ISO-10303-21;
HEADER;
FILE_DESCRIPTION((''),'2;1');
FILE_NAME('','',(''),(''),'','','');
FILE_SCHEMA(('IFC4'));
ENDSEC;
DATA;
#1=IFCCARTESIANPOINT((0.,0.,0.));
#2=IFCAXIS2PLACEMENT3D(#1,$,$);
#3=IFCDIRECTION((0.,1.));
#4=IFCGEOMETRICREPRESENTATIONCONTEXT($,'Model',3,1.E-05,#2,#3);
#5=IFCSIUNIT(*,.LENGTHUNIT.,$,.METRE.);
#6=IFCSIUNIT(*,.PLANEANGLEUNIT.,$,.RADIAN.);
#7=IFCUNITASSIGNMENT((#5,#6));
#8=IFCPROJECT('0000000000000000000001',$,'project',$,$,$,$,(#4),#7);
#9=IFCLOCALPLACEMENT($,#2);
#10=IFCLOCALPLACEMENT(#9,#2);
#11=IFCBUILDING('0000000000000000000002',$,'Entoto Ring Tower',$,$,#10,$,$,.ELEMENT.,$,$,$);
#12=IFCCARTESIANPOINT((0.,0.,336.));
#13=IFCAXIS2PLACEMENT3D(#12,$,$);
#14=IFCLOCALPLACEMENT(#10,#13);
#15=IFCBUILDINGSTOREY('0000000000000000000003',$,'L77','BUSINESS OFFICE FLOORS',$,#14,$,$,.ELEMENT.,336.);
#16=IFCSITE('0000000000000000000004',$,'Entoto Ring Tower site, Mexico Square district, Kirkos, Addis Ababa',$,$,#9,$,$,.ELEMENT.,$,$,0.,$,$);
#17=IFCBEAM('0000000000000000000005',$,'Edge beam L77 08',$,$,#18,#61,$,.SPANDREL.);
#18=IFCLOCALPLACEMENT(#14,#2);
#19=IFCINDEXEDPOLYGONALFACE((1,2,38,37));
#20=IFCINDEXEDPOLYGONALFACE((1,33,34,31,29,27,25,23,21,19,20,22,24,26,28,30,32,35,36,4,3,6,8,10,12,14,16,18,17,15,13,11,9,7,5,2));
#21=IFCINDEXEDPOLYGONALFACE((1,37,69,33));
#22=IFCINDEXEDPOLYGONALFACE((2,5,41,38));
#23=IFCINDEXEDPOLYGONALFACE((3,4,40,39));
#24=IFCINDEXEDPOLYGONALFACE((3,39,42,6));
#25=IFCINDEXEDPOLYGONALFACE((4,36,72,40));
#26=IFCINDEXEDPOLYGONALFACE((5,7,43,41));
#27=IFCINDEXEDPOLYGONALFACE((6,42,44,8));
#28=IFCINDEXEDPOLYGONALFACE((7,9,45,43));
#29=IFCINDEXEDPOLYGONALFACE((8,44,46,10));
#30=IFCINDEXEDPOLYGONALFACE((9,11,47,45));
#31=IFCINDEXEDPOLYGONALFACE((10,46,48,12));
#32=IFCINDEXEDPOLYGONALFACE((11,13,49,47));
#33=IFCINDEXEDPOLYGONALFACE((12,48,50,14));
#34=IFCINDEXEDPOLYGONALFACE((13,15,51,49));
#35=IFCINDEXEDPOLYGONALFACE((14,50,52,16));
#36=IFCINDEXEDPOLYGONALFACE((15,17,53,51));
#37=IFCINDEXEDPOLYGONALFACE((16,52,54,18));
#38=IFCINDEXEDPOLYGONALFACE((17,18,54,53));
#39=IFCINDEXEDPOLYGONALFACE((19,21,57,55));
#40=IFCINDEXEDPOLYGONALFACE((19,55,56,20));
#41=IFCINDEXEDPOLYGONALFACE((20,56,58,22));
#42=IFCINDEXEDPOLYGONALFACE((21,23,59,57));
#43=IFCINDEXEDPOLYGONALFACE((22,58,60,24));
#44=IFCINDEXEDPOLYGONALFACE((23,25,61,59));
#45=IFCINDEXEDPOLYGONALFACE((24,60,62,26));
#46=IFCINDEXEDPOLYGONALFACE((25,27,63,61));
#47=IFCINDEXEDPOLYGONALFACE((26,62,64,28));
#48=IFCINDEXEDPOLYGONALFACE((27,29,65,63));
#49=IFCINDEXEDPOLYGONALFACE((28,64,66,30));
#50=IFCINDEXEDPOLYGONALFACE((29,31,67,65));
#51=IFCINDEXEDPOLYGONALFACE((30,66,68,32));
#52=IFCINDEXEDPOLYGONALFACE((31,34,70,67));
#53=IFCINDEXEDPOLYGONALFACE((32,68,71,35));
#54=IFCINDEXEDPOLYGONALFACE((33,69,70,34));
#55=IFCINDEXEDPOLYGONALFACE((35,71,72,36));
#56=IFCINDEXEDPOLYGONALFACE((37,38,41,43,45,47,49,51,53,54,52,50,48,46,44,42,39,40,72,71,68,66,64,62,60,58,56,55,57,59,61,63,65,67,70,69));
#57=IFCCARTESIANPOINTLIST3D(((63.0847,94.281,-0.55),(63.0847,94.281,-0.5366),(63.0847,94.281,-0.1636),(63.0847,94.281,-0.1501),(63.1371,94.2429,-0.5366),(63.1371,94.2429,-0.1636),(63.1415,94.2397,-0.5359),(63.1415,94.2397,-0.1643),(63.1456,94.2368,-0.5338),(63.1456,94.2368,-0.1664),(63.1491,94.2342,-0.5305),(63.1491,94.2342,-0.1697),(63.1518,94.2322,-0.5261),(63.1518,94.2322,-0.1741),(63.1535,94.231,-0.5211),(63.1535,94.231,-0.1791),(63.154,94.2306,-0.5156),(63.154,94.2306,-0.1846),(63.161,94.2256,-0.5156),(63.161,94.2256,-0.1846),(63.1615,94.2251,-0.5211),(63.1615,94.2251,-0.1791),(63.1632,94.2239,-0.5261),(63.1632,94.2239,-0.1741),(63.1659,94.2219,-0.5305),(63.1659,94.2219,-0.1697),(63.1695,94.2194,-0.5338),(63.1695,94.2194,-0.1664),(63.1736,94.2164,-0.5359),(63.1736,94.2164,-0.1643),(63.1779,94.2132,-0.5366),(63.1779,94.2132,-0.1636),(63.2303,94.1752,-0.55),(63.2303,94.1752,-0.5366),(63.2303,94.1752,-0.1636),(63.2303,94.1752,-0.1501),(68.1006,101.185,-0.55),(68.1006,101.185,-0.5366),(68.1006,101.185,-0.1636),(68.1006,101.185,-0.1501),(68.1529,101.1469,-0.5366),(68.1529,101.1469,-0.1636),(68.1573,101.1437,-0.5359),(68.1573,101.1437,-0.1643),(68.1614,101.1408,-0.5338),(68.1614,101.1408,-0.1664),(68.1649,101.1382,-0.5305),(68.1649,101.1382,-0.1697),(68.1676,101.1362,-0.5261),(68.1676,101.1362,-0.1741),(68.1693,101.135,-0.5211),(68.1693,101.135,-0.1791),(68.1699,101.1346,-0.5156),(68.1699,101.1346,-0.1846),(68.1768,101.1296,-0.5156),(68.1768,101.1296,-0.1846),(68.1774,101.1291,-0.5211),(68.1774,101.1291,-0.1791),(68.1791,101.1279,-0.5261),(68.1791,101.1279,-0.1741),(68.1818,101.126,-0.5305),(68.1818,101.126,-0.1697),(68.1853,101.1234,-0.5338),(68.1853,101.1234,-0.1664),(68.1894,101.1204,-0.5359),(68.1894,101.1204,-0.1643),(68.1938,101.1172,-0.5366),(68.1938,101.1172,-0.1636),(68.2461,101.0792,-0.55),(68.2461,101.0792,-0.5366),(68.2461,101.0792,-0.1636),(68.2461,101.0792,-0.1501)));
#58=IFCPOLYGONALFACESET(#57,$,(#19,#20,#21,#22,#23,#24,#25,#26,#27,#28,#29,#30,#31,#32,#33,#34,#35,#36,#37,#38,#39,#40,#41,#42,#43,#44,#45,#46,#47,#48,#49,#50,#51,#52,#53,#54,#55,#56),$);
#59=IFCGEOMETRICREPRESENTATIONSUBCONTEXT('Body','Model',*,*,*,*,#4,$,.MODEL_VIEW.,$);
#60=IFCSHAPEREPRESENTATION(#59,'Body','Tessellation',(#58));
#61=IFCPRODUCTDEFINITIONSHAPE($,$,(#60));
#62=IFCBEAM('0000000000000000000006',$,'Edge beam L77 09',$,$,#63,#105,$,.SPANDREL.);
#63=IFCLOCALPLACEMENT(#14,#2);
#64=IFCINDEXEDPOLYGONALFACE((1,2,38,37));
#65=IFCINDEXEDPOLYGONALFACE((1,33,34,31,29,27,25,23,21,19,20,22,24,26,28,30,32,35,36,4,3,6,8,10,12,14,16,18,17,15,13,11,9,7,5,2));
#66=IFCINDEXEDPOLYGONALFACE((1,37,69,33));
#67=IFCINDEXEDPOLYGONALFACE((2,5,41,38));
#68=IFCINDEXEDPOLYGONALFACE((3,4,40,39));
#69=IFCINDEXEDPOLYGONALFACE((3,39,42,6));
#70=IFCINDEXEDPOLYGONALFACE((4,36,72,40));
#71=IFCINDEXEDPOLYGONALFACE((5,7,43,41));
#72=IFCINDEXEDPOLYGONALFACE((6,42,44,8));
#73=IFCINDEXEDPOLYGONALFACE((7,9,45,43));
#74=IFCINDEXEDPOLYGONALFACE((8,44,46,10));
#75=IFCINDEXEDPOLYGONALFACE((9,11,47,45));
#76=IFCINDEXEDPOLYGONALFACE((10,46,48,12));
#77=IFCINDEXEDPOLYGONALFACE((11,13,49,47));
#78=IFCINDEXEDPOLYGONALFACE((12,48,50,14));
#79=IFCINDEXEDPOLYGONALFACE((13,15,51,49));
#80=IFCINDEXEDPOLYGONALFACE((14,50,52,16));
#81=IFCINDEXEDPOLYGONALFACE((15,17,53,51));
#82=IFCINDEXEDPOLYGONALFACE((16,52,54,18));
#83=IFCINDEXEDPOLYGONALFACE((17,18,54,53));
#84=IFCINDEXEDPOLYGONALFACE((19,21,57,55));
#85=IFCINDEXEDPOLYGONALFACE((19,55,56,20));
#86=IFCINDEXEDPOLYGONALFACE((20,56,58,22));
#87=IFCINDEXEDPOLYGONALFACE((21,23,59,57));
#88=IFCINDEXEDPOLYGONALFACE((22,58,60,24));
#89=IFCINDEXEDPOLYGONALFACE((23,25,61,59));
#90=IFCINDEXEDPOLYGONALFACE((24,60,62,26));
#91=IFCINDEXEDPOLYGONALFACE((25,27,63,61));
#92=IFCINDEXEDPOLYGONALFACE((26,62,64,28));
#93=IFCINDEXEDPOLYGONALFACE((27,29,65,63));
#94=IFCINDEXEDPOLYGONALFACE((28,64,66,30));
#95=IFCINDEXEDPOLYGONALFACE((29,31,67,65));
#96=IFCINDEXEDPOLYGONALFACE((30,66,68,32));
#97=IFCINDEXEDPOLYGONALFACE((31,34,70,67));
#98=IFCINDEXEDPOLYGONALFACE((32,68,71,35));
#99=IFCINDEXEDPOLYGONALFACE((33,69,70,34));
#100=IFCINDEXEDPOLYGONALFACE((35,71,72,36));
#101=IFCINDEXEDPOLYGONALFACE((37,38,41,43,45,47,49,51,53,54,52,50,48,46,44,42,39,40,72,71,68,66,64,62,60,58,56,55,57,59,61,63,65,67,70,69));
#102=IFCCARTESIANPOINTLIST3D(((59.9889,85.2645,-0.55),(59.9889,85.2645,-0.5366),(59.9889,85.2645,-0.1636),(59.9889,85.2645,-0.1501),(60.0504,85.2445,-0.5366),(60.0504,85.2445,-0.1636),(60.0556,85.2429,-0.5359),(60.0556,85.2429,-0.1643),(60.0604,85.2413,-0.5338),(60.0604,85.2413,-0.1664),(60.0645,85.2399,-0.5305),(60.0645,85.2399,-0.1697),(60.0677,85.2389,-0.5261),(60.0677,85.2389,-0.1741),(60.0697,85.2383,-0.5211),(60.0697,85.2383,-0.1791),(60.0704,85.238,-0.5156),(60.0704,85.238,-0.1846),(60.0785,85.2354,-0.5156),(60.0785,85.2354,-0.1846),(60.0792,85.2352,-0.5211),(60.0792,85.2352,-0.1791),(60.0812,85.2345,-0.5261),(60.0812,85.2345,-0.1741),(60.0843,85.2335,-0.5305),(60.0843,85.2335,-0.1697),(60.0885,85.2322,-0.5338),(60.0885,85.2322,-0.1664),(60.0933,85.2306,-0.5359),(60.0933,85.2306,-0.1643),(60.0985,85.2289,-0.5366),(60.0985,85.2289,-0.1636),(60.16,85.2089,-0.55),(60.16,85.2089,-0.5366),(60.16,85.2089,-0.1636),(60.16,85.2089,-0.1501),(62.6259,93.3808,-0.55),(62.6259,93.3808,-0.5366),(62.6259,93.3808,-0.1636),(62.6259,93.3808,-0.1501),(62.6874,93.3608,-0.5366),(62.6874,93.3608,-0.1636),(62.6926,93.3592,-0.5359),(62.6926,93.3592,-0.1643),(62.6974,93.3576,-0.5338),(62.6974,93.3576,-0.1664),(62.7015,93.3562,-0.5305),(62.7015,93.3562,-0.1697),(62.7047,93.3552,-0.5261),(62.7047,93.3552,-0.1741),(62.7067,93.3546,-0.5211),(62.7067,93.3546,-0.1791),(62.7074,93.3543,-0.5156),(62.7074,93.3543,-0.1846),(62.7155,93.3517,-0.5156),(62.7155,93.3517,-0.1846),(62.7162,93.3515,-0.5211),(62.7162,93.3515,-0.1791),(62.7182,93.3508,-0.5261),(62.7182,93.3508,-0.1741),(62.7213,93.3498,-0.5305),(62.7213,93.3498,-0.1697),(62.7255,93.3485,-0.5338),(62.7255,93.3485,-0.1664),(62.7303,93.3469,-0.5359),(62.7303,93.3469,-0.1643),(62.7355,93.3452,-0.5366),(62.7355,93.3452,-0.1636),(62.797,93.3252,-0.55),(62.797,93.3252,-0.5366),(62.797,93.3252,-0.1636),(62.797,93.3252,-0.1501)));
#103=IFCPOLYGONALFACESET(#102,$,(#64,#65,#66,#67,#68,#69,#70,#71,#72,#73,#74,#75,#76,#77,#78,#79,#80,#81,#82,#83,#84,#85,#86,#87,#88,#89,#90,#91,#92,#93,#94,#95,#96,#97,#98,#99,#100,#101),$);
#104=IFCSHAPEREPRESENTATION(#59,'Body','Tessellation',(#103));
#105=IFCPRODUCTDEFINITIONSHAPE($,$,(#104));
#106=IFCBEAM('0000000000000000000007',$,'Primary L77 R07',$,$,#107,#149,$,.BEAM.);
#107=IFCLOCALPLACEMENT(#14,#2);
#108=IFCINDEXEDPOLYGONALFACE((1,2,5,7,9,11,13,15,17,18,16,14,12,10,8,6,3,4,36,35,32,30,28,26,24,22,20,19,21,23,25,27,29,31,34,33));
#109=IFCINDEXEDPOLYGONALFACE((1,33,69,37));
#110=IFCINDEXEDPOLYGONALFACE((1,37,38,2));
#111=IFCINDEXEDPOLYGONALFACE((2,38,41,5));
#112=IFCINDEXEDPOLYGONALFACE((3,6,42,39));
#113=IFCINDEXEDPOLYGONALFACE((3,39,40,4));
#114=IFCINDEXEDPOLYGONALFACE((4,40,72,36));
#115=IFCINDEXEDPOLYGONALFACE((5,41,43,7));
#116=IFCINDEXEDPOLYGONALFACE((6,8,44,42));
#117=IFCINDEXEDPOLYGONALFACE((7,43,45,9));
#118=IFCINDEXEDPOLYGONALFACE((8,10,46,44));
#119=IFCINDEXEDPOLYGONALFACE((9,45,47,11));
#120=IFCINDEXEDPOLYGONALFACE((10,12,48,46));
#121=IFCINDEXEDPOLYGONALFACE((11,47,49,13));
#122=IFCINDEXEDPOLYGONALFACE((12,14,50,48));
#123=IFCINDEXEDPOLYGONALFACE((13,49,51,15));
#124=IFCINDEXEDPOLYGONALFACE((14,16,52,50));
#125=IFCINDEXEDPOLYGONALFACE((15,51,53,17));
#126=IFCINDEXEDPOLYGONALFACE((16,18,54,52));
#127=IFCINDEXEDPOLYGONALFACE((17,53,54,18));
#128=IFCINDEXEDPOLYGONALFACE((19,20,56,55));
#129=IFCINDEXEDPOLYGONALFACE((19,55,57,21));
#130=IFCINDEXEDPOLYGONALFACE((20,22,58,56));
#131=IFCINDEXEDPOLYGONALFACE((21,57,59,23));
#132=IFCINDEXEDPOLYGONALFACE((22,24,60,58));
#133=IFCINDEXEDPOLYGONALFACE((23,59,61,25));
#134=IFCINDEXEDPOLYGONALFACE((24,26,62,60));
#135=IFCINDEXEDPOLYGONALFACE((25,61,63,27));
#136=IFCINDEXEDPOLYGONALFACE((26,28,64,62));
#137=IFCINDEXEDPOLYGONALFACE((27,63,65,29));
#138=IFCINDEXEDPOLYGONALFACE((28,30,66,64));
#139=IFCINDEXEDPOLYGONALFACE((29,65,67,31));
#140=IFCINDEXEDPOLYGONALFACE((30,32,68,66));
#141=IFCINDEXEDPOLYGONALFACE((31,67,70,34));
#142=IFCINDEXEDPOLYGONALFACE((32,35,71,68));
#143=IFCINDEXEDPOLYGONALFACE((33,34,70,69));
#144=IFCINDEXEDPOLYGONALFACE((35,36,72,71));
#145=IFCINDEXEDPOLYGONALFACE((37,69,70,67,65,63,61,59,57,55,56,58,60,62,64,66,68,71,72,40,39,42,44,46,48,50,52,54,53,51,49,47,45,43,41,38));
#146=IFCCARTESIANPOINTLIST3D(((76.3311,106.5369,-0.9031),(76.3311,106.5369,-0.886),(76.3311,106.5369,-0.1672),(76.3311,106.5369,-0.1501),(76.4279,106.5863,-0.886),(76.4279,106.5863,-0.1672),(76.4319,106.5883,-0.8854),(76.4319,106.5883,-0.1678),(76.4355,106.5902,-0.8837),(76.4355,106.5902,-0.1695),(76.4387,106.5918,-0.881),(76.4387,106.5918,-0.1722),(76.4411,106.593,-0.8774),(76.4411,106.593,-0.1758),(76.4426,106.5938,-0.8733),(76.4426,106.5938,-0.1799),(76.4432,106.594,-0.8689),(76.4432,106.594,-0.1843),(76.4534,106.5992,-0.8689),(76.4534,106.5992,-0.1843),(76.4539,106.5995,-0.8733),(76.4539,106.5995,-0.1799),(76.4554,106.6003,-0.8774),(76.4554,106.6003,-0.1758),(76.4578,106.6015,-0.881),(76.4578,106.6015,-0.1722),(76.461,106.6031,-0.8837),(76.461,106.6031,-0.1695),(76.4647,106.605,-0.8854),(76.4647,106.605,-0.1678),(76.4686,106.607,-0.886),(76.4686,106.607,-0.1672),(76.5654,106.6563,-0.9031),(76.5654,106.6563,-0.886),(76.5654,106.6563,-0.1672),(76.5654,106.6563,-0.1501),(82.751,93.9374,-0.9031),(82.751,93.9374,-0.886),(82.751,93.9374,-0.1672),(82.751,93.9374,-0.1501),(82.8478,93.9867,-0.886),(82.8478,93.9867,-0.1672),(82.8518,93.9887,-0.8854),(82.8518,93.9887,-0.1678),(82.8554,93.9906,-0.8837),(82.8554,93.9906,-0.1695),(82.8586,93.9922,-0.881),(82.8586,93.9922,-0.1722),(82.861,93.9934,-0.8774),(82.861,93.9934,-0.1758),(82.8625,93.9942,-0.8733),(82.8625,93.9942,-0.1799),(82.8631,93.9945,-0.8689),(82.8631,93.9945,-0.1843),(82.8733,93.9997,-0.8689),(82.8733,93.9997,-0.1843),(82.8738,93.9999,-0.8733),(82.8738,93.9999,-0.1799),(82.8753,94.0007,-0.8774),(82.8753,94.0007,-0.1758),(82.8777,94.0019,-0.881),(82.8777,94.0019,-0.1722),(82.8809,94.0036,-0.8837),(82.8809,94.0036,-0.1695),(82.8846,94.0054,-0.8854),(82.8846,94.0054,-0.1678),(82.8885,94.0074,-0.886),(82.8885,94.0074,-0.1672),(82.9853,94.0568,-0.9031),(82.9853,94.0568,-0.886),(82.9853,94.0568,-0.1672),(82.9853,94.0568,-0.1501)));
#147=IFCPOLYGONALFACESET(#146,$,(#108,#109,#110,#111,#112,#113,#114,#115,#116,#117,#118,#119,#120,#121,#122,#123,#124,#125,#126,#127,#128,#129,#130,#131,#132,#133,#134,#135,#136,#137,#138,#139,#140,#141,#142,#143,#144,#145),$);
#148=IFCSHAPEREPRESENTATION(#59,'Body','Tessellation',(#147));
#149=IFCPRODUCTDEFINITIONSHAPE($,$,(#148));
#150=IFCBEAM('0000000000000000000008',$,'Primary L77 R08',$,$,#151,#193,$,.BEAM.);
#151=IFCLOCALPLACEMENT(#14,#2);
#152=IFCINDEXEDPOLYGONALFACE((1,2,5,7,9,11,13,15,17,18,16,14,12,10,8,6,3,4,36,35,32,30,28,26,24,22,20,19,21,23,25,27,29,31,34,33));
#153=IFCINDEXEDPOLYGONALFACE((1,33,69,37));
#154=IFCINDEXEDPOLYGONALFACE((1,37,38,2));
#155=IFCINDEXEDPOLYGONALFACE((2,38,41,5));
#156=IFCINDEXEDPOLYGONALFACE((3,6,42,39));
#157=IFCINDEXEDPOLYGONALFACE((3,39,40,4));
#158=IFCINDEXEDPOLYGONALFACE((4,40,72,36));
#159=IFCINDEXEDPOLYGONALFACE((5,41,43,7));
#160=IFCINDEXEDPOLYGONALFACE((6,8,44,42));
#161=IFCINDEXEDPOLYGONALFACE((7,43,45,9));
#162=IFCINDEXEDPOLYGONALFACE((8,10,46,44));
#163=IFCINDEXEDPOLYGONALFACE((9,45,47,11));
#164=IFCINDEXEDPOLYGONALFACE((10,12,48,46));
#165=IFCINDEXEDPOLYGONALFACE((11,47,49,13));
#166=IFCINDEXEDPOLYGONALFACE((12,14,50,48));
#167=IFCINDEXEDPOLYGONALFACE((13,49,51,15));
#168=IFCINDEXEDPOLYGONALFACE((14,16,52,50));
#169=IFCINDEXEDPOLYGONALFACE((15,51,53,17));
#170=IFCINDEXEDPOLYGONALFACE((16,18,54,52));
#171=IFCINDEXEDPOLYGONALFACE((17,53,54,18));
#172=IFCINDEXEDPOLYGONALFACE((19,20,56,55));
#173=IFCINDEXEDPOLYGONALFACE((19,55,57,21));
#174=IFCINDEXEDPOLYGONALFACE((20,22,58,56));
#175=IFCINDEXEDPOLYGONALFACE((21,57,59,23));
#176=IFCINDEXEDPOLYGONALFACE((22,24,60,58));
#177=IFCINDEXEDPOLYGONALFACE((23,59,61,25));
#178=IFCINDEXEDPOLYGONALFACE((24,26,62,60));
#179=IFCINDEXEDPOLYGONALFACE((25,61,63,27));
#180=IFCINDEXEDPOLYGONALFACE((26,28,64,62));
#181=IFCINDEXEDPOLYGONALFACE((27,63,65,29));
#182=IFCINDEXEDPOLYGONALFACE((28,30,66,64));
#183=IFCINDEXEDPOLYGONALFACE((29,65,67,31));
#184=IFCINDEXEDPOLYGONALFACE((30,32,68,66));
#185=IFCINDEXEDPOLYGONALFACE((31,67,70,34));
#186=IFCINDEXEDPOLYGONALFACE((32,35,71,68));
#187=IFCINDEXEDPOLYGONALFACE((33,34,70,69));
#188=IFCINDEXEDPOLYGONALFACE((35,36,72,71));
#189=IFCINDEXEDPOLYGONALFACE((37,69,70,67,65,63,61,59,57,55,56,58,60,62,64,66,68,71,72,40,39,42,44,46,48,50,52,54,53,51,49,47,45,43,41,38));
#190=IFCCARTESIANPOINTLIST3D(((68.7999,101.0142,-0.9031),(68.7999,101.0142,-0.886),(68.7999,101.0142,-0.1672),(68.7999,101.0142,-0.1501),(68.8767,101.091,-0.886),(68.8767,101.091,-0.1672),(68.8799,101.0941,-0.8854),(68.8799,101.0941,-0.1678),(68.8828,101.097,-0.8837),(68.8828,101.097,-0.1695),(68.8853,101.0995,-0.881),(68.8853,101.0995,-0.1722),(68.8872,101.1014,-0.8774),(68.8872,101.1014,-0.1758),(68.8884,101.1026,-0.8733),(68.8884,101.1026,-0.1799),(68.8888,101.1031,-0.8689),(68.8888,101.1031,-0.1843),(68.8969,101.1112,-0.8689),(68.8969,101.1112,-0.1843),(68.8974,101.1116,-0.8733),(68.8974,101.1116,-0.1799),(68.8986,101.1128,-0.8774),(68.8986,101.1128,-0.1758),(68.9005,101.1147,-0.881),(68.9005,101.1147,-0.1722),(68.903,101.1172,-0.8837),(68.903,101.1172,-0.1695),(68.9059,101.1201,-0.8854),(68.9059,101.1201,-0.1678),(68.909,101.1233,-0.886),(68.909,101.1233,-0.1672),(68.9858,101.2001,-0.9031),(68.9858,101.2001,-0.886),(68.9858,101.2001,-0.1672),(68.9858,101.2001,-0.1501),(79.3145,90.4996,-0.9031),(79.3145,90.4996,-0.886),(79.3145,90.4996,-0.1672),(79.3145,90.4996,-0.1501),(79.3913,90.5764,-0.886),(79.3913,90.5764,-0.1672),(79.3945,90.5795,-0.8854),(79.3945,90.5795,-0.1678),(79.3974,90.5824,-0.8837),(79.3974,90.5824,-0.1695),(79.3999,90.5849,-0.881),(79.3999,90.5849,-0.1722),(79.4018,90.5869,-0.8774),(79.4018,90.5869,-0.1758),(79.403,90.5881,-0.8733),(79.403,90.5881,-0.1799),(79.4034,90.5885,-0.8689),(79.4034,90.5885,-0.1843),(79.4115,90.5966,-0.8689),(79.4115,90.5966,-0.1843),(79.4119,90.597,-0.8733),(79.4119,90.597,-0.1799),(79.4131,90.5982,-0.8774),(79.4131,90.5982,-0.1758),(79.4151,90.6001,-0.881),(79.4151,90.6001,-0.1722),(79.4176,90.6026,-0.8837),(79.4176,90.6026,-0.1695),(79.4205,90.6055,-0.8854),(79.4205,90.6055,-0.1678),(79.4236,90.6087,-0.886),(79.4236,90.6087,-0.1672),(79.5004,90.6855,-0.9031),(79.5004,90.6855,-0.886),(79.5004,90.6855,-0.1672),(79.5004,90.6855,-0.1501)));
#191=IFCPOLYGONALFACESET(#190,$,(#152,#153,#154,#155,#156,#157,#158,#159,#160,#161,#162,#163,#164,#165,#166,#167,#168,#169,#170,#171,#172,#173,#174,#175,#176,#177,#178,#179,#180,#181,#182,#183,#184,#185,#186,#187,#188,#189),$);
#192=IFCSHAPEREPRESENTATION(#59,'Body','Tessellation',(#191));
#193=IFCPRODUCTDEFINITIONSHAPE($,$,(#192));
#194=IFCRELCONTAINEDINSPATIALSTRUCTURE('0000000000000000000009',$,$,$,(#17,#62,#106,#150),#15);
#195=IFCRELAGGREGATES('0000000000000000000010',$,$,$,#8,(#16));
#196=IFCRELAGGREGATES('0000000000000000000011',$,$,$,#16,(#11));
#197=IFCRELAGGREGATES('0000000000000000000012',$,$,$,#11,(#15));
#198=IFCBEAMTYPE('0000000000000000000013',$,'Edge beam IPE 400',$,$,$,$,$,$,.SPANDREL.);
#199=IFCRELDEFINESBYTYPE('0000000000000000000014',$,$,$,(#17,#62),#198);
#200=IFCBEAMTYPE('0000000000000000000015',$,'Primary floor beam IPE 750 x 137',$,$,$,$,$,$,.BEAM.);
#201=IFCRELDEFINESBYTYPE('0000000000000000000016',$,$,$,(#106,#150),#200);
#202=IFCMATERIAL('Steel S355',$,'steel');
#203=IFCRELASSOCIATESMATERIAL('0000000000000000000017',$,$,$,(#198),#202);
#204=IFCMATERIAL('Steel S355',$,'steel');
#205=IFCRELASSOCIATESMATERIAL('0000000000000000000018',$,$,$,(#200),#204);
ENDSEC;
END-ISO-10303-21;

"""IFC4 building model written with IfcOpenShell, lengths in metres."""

from ifc_helpers import new_model, si_unit, direction, frame, origin, origin_2d, place, context, subcontext, project, spatial, i_section, extrude, material, material_profile, profile_set, type_object, element, save


model = new_model("IFC4")

# Units and contexts
model_context = context("Model", 3, precision=1e-05, world=origin(), true_north=direction((0.0, 1.0)))
body_context = subcontext(model_context, "Body", "Model", "MODEL_VIEW")
ifc_project = project(units=[si_unit("LENGTHUNIT", "METRE"), si_unit("PLANEANGLEUNIT", "RADIAN")], contexts=[model_context])

# Site, building, storey
site_placement = place(None, origin())
site = spatial("IfcSite", under=ifc_project, at=site_placement, Name="Entoto Ring Tower site, Mexico Square district, Kirkos, Addis Ababa", CompositionType="ELEMENT", RefElevation=0.0)
building_placement = place(site_placement, origin())
building = spatial("IfcBuilding", under=site, at=building_placement, Name="Entoto Ring Tower", CompositionType="ELEMENT")
storey_placement = place(building_placement, frame((0.0, 0.0, 336.0)))
storey = spatial("IfcBuildingStorey", under=building, at=storey_placement, Name="L77", Description="BUSINESS OFFICE FLOORS", CompositionType="ELEMENT", Elevation=336.0)

# Beams
ifc_material_1 = material(Name="Steel S355", Category="steel")
ifc_material_profile_1 = material_profile(ifc_material_1, i_section(OverallWidth=0.1799, OverallDepth=0.3999, WebThickness=0.0085, FlangeThickness=0.0134, FilletRadius=0.021, at=origin_2d()), Name="IPE 400")
ifc_profile_set_1 = profile_set([ifc_material_profile_1], Name="Steel S355")
beam_type_1 = type_object("IfcBeamType", Name="Edge beam IPE 400", PredefinedType="SPANDREL", material=ifc_profile_set_1)
for number, where, z_axis, x_axis, name in (
    (1, (68.1733, 101.1321, -0.3501), (-0.587768, -0.809029, 0.0), (0.809029, -0.587768, 0.0), "Edge beam L77 08"),
):
    element("IfcBeam", number, at=place(storey_placement, frame(where, z_axis=z_axis, x_axis=x_axis)), inside=storey, type_object=beam_type_1, Name=name, PredefinedType="SPANDREL", context=body_context, shape_type="SweptSolid", body=[
        extrude(i_section(OverallWidth=0.1799, OverallDepth=0.3999, WebThickness=0.0085, FlangeThickness=0.0134, FilletRadius=0.021, at=origin_2d()), origin(), (0.0, 0.0, 1.0), 8.5337),
    ])
beam_1_placement = place(storey_placement, frame((62.7114, 93.353, -0.3501), z_axis=(-0.309001, -0.951062, 0.0), x_axis=(0.951062, -0.309001, 0.0)))
element("IfcBeam", 2, at=beam_1_placement, inside=storey, type_object=beam_type_1, Name="Edge beam L77 09", PredefinedType="SPANDREL", context=body_context, shape_type="SweptSolid", body=[
    extrude(i_section(OverallWidth=0.1799, OverallDepth=0.3999, WebThickness=0.0085, FlangeThickness=0.0134, FilletRadius=0.021, at=origin_2d()), origin(), (0.0, 0.0, 1.0), 8.5339),
])
ifc_material_2 = material(Name="Steel S355", Category="steel")
ifc_material_profile_2 = material_profile(ifc_material_2, i_section(OverallWidth=0.2629, OverallDepth=0.7529, WebThickness=0.0115, FlangeThickness=0.0171, FilletRadius=0.0171, at=origin_2d()), Name="IPE 750 x 137")
ifc_profile_set_2 = profile_set([ifc_material_profile_2], Name="Steel S355")
beam_type_2 = type_object("IfcBeamType", Name="Primary floor beam IPE 750 x 137", PredefinedType="BEAM", material=ifc_profile_set_2)
beam_2_placement = place(storey_placement, frame((82.8682, 93.9971, -0.5266), z_axis=(-0.453996, 0.891004, 0.0), x_axis=(-0.891004, -0.453996, 0.0)))
element("IfcBeam", 3, at=beam_2_placement, inside=storey, type_object=beam_type_2, Name="Primary L77 R07", PredefinedType="BEAM", context=body_context, shape_type="SweptSolid", body=[
    extrude(i_section(OverallWidth=0.2629, OverallDepth=0.7529, WebThickness=0.0115, FlangeThickness=0.0171, FilletRadius=0.0171, at=origin_2d()), origin(), (0.0, 0.0, 1.0), 14.1409),
])
beam_3_placement = place(storey_placement, frame((79.4075, 90.5925, -0.5266), z_axis=(-0.707107, 0.707107, 0.0), x_axis=(-0.707107, -0.707107, 0.0)))
element("IfcBeam", 4, at=beam_3_placement, inside=storey, type_object=beam_type_2, Name="Primary L77 R08", PredefinedType="BEAM", context=body_context, shape_type="SweptSolid", body=[
    extrude(i_section(OverallWidth=0.2629, OverallDepth=0.7529, WebThickness=0.0115, FlangeThickness=0.0171, FilletRadius=0.0171, at=origin_2d()), origin(), (0.0, 0.0, 1.0), 14.8699),
])

save(model, "model.ifc")
